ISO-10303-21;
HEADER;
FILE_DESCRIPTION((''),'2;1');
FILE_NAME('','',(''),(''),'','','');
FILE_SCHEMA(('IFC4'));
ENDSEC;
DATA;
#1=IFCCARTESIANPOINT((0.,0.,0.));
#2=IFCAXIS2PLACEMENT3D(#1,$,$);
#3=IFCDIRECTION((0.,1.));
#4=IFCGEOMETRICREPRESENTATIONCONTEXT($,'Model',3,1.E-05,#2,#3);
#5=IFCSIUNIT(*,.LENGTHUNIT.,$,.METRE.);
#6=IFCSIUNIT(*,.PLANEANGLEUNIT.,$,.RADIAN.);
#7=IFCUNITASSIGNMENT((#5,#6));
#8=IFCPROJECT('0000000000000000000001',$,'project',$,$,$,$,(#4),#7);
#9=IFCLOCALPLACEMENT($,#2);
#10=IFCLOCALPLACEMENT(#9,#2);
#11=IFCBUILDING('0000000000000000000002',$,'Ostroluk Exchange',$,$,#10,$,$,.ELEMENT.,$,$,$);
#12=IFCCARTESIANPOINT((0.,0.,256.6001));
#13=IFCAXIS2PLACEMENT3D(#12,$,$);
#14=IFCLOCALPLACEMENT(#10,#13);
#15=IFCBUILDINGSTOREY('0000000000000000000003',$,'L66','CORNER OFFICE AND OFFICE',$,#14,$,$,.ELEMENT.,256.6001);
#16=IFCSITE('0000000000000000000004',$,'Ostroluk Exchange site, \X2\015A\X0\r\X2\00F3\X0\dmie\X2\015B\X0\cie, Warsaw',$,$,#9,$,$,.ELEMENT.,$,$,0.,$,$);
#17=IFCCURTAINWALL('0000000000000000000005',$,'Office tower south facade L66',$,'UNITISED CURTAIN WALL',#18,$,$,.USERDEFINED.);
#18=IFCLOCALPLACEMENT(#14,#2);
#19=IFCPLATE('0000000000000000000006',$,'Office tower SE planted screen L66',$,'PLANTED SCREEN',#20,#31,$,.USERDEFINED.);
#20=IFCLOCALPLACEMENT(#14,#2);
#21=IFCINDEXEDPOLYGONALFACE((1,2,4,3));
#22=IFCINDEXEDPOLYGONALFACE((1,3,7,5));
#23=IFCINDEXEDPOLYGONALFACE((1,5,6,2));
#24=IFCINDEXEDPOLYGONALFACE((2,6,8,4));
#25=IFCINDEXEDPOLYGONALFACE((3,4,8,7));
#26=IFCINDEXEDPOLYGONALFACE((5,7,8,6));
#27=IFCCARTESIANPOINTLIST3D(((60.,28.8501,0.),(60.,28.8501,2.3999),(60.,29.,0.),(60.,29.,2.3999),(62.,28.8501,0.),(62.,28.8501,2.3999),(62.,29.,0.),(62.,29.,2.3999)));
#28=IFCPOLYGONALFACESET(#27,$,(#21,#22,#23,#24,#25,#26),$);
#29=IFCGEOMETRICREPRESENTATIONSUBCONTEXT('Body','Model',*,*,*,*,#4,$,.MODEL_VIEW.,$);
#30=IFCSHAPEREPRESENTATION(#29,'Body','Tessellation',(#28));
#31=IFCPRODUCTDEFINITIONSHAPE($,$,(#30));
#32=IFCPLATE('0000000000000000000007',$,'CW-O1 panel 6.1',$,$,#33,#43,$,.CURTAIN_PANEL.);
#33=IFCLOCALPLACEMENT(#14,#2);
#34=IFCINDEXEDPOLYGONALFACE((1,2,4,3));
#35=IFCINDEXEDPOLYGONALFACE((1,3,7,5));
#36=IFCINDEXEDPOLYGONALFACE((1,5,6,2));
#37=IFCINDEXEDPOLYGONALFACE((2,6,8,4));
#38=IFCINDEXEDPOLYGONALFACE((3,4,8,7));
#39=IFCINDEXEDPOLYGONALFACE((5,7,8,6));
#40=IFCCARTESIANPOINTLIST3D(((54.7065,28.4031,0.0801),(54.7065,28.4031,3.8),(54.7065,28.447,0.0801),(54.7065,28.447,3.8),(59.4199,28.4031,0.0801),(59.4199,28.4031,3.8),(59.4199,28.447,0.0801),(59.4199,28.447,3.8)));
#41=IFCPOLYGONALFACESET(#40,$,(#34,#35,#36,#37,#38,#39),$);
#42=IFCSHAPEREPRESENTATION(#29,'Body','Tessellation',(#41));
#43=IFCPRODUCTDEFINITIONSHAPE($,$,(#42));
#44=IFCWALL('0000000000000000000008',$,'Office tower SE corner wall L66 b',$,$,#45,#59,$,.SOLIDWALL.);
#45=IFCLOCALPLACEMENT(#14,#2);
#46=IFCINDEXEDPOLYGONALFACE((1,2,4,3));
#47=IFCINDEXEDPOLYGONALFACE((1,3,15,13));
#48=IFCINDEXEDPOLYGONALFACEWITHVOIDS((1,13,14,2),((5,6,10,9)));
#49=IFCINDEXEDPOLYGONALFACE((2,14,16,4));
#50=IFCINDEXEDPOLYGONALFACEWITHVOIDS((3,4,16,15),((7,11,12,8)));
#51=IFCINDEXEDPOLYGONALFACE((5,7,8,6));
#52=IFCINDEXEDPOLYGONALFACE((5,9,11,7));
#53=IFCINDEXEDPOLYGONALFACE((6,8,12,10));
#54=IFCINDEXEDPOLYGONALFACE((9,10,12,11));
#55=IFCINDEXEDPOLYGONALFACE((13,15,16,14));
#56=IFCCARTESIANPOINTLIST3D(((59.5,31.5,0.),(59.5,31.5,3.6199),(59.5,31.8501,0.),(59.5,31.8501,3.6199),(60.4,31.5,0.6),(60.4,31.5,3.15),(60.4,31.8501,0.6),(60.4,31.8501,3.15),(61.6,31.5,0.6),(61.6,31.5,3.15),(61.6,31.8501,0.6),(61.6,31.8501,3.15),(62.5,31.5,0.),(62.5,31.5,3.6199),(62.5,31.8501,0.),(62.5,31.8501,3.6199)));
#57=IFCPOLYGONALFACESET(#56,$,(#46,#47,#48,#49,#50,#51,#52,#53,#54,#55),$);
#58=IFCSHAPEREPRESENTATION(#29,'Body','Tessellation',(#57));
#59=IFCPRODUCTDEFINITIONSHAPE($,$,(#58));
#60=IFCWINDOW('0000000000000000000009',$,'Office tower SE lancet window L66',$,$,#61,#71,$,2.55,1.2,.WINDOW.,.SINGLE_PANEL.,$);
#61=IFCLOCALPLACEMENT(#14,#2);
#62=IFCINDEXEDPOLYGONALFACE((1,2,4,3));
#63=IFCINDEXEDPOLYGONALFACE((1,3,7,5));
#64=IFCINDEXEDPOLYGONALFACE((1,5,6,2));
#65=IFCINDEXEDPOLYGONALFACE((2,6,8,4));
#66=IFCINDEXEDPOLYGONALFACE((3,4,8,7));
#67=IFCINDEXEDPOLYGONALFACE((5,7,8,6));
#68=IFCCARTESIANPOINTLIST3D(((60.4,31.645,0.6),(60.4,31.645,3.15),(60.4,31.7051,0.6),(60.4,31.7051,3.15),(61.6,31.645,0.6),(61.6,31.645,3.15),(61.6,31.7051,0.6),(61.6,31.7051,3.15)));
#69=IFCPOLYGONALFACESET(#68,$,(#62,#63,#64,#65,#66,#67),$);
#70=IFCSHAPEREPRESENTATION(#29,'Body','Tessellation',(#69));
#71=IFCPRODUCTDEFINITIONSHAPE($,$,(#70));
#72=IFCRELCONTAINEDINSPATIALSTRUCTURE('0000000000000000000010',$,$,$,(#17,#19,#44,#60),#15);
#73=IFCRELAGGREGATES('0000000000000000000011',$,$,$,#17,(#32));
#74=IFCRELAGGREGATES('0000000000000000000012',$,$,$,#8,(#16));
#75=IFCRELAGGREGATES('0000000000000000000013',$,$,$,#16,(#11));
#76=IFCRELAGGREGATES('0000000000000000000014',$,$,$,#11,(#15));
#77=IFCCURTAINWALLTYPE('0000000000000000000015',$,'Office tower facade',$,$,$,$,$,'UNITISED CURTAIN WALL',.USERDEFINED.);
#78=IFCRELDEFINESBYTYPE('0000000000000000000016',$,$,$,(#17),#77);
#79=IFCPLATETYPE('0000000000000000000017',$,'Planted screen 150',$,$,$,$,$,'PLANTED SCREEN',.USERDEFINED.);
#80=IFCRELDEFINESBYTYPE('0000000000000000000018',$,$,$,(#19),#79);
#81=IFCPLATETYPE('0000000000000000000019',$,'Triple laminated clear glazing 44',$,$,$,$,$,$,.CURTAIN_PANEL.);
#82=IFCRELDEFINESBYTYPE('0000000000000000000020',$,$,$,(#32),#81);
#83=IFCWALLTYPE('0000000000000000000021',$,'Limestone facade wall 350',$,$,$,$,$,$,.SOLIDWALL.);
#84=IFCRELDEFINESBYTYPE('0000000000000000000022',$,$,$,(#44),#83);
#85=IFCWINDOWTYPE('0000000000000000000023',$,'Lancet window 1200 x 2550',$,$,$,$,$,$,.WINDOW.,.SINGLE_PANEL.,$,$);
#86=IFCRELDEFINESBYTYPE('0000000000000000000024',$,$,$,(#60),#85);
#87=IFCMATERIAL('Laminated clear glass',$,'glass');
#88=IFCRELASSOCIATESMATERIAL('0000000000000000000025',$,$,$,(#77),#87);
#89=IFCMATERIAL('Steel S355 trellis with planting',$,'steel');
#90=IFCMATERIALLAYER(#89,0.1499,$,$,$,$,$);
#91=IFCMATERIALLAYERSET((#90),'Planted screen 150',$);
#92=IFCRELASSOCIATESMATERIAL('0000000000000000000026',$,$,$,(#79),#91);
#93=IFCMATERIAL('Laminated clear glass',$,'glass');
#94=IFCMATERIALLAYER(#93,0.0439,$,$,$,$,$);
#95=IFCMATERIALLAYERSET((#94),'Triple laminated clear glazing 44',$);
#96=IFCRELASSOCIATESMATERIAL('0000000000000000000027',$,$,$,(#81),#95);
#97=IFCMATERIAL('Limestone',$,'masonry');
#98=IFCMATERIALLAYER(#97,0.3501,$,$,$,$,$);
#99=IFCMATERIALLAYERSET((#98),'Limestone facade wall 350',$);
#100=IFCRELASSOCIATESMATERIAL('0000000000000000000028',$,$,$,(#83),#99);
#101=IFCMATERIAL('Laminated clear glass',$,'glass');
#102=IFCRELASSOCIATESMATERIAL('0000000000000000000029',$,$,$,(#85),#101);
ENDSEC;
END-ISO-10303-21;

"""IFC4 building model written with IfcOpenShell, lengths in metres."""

from ifc_helpers import new_model, si_unit, direction, frame, frame_2d, origin, origin_2d, place, context, subcontext, project, spatial, rectangle, extrude, material, layer, layer_set, type_object, element, fill, aggregate, save


model = new_model("IFC4")

# Units and contexts
model_context = context("Model", 3, precision=1e-05, world=origin(), true_north=direction((0.0, 1.0)))
body_context = subcontext(model_context, "Body", "Model", "MODEL_VIEW")
ifc_project = project(units=[si_unit("LENGTHUNIT", "METRE"), si_unit("PLANEANGLEUNIT", "RADIAN")], contexts=[model_context])

# Site, building, storey
site_placement = place(None, origin())
site = spatial("IfcSite", under=ifc_project, at=site_placement, Name="Ostroluk Exchange site, Śródmieście, Warsaw", CompositionType="ELEMENT", RefElevation=0.0)
building_placement = place(site_placement, origin())
building = spatial("IfcBuilding", under=site, at=building_placement, Name="Ostroluk Exchange", CompositionType="ELEMENT")
storey_placement = place(building_placement, frame((0.0, 0.0, 256.6001)))
storey = spatial("IfcBuildingStorey", under=building, at=storey_placement, Name="L66", Description="CORNER OFFICE AND OFFICE", CompositionType="ELEMENT", Elevation=256.6001)

# Curtain wall
ifc_material_1 = material(Name="Laminated clear glass", Category="glass")
curtain_wall_type = type_object("IfcCurtainWallType", Name="Office tower facade", ElementType="UNITISED CURTAIN WALL", PredefinedType="USERDEFINED", material=ifc_material_1)
curtain_wall_1_placement = place(storey_placement, origin())
curtain_wall_1 = element("IfcCurtainWall", 1, at=curtain_wall_1_placement, inside=storey, type_object=curtain_wall_type, Name="Office tower south facade L66", ObjectType="UNITISED CURTAIN WALL", PredefinedType="USERDEFINED")

# Plates
ifc_material_2 = material(Name="Steel S355 trellis with planting", Category="steel")
ifc_layer_1 = layer(ifc_material_2, 0.1499)
ifc_layer_set_1 = layer_set([ifc_layer_1], Name="Planted screen 150")
plate_type_1 = type_object("IfcPlateType", Name="Planted screen 150", ElementType="PLANTED SCREEN", PredefinedType="USERDEFINED", material=ifc_layer_set_1)
plate_1_placement = place(storey_placement, frame((61.0, 28.925, 0.0), z_axis=(0.0, 0.0, 1.0), x_axis=(1.0, 0.0, 0.0)))
element("IfcPlate", 2, at=plate_1_placement, inside=storey, type_object=plate_type_1, Name="Office tower SE planted screen L66", ObjectType="PLANTED SCREEN", PredefinedType="USERDEFINED", context=body_context, shape_type="SweptSolid", body=[
    extrude(rectangle(XDim=2.0, YDim=0.1499, at=origin_2d()), origin(), (0.0, 0.0, 1.0), 2.3999),
])
ifc_material_3 = material(Name="Laminated clear glass", Category="glass")
ifc_layer_2 = layer(ifc_material_3, 0.0439)
ifc_layer_set_2 = layer_set([ifc_layer_2], Name="Triple laminated clear glazing 44")
plate_type_2 = type_object("IfcPlateType", Name="Triple laminated clear glazing 44", PredefinedType="CURTAIN_PANEL", material=ifc_layer_set_2)
plate_2_placement = place(storey_placement, frame((57.0632, 28.425, 0.0801), z_axis=(0.0, 0.0, 1.0), x_axis=(1.0, 0.0, 0.0)))
plate_2 = element("IfcPlate", 3, at=plate_2_placement, type_object=plate_type_2, Name="CW-O1 panel 6.1", PredefinedType="CURTAIN_PANEL", context=body_context, shape_type="SweptSolid", body=[
    extrude(rectangle(XDim=4.7134, YDim=0.0439, at=origin_2d()), origin(), (0.0, 0.0, 1.0), 3.72),
])
aggregate(curtain_wall_1, [plate_2])

# Shared definitions
ifc_material_4 = material(Name="Limestone", Category="masonry")
ifc_layer_3 = layer(ifc_material_4, 0.3501)
ifc_layer_set_3 = layer_set([ifc_layer_3], Name="Limestone facade wall 350")
wall_type = type_object("IfcWallType", Name="Limestone facade wall 350", PredefinedType="SOLIDWALL", material=ifc_layer_set_3)

# Wall, opening, window
wall_1_placement = place(storey_placement, frame((59.5, 31.675, 0.0), z_axis=(0.0, 0.0, 1.0), x_axis=(1.0, 0.0, 0.0)))
wall_1 = element("IfcWall", 4, at=wall_1_placement, inside=storey, type_object=wall_type, Name="Office tower SE corner wall L66 b", PredefinedType="SOLIDWALL", context=body_context, shape_type="SweptSolid", body=[
    extrude(rectangle(XDim=3.0, YDim=0.3501, at=frame_2d((1.5, 0.0))), origin(), (0.0, 0.0, 1.0), 3.6199),
])
opening_1_placement = place(wall_1_placement, frame((0.8999, 0.0, 0.6001)))
opening_1 = element("IfcOpeningElement", 5, at=opening_1_placement, cuts=wall_1, PredefinedType="OPENING", context=body_context, shape_type="SweptSolid", body=[
    extrude(rectangle(XDim=1.2, YDim=2.55, at=frame_2d((0.6001, 1.2749))), frame((0.0, 0.1851, 0.0), z_axis=(0.0, -1.0, 0.0), x_axis=(1.0, 0.0, 0.0)), (0.0, 0.0, 1.0), 0.3701),
])
ifc_material_5 = material(Name="Laminated clear glass", Category="glass")
window_type = type_object("IfcWindowType", Name="Lancet window 1200 x 2550", PartitioningType="SINGLE_PANEL", PredefinedType="WINDOW", material=ifc_material_5)
window_placement = place(opening_1_placement, origin())
window = element("IfcWindow", 6, at=window_placement, inside=storey, type_object=window_type, Name="Office tower SE lancet window L66", OverallHeight=2.55, OverallWidth=1.2, PartitioningType="SINGLE_PANEL", PredefinedType="WINDOW", context=body_context, shape_type="SweptSolid", body=[
    extrude(rectangle(XDim=1.2, YDim=2.55, at=frame_2d((0.6001, 1.2749))), frame((0.0, 0.03, 0.0), z_axis=(0.0, -1.0, 0.0), x_axis=(1.0, 0.0, 0.0)), (0.0, 0.0, 1.0), 0.0601),
])
fill(opening_1, window)

save(model, "model.ifc")
